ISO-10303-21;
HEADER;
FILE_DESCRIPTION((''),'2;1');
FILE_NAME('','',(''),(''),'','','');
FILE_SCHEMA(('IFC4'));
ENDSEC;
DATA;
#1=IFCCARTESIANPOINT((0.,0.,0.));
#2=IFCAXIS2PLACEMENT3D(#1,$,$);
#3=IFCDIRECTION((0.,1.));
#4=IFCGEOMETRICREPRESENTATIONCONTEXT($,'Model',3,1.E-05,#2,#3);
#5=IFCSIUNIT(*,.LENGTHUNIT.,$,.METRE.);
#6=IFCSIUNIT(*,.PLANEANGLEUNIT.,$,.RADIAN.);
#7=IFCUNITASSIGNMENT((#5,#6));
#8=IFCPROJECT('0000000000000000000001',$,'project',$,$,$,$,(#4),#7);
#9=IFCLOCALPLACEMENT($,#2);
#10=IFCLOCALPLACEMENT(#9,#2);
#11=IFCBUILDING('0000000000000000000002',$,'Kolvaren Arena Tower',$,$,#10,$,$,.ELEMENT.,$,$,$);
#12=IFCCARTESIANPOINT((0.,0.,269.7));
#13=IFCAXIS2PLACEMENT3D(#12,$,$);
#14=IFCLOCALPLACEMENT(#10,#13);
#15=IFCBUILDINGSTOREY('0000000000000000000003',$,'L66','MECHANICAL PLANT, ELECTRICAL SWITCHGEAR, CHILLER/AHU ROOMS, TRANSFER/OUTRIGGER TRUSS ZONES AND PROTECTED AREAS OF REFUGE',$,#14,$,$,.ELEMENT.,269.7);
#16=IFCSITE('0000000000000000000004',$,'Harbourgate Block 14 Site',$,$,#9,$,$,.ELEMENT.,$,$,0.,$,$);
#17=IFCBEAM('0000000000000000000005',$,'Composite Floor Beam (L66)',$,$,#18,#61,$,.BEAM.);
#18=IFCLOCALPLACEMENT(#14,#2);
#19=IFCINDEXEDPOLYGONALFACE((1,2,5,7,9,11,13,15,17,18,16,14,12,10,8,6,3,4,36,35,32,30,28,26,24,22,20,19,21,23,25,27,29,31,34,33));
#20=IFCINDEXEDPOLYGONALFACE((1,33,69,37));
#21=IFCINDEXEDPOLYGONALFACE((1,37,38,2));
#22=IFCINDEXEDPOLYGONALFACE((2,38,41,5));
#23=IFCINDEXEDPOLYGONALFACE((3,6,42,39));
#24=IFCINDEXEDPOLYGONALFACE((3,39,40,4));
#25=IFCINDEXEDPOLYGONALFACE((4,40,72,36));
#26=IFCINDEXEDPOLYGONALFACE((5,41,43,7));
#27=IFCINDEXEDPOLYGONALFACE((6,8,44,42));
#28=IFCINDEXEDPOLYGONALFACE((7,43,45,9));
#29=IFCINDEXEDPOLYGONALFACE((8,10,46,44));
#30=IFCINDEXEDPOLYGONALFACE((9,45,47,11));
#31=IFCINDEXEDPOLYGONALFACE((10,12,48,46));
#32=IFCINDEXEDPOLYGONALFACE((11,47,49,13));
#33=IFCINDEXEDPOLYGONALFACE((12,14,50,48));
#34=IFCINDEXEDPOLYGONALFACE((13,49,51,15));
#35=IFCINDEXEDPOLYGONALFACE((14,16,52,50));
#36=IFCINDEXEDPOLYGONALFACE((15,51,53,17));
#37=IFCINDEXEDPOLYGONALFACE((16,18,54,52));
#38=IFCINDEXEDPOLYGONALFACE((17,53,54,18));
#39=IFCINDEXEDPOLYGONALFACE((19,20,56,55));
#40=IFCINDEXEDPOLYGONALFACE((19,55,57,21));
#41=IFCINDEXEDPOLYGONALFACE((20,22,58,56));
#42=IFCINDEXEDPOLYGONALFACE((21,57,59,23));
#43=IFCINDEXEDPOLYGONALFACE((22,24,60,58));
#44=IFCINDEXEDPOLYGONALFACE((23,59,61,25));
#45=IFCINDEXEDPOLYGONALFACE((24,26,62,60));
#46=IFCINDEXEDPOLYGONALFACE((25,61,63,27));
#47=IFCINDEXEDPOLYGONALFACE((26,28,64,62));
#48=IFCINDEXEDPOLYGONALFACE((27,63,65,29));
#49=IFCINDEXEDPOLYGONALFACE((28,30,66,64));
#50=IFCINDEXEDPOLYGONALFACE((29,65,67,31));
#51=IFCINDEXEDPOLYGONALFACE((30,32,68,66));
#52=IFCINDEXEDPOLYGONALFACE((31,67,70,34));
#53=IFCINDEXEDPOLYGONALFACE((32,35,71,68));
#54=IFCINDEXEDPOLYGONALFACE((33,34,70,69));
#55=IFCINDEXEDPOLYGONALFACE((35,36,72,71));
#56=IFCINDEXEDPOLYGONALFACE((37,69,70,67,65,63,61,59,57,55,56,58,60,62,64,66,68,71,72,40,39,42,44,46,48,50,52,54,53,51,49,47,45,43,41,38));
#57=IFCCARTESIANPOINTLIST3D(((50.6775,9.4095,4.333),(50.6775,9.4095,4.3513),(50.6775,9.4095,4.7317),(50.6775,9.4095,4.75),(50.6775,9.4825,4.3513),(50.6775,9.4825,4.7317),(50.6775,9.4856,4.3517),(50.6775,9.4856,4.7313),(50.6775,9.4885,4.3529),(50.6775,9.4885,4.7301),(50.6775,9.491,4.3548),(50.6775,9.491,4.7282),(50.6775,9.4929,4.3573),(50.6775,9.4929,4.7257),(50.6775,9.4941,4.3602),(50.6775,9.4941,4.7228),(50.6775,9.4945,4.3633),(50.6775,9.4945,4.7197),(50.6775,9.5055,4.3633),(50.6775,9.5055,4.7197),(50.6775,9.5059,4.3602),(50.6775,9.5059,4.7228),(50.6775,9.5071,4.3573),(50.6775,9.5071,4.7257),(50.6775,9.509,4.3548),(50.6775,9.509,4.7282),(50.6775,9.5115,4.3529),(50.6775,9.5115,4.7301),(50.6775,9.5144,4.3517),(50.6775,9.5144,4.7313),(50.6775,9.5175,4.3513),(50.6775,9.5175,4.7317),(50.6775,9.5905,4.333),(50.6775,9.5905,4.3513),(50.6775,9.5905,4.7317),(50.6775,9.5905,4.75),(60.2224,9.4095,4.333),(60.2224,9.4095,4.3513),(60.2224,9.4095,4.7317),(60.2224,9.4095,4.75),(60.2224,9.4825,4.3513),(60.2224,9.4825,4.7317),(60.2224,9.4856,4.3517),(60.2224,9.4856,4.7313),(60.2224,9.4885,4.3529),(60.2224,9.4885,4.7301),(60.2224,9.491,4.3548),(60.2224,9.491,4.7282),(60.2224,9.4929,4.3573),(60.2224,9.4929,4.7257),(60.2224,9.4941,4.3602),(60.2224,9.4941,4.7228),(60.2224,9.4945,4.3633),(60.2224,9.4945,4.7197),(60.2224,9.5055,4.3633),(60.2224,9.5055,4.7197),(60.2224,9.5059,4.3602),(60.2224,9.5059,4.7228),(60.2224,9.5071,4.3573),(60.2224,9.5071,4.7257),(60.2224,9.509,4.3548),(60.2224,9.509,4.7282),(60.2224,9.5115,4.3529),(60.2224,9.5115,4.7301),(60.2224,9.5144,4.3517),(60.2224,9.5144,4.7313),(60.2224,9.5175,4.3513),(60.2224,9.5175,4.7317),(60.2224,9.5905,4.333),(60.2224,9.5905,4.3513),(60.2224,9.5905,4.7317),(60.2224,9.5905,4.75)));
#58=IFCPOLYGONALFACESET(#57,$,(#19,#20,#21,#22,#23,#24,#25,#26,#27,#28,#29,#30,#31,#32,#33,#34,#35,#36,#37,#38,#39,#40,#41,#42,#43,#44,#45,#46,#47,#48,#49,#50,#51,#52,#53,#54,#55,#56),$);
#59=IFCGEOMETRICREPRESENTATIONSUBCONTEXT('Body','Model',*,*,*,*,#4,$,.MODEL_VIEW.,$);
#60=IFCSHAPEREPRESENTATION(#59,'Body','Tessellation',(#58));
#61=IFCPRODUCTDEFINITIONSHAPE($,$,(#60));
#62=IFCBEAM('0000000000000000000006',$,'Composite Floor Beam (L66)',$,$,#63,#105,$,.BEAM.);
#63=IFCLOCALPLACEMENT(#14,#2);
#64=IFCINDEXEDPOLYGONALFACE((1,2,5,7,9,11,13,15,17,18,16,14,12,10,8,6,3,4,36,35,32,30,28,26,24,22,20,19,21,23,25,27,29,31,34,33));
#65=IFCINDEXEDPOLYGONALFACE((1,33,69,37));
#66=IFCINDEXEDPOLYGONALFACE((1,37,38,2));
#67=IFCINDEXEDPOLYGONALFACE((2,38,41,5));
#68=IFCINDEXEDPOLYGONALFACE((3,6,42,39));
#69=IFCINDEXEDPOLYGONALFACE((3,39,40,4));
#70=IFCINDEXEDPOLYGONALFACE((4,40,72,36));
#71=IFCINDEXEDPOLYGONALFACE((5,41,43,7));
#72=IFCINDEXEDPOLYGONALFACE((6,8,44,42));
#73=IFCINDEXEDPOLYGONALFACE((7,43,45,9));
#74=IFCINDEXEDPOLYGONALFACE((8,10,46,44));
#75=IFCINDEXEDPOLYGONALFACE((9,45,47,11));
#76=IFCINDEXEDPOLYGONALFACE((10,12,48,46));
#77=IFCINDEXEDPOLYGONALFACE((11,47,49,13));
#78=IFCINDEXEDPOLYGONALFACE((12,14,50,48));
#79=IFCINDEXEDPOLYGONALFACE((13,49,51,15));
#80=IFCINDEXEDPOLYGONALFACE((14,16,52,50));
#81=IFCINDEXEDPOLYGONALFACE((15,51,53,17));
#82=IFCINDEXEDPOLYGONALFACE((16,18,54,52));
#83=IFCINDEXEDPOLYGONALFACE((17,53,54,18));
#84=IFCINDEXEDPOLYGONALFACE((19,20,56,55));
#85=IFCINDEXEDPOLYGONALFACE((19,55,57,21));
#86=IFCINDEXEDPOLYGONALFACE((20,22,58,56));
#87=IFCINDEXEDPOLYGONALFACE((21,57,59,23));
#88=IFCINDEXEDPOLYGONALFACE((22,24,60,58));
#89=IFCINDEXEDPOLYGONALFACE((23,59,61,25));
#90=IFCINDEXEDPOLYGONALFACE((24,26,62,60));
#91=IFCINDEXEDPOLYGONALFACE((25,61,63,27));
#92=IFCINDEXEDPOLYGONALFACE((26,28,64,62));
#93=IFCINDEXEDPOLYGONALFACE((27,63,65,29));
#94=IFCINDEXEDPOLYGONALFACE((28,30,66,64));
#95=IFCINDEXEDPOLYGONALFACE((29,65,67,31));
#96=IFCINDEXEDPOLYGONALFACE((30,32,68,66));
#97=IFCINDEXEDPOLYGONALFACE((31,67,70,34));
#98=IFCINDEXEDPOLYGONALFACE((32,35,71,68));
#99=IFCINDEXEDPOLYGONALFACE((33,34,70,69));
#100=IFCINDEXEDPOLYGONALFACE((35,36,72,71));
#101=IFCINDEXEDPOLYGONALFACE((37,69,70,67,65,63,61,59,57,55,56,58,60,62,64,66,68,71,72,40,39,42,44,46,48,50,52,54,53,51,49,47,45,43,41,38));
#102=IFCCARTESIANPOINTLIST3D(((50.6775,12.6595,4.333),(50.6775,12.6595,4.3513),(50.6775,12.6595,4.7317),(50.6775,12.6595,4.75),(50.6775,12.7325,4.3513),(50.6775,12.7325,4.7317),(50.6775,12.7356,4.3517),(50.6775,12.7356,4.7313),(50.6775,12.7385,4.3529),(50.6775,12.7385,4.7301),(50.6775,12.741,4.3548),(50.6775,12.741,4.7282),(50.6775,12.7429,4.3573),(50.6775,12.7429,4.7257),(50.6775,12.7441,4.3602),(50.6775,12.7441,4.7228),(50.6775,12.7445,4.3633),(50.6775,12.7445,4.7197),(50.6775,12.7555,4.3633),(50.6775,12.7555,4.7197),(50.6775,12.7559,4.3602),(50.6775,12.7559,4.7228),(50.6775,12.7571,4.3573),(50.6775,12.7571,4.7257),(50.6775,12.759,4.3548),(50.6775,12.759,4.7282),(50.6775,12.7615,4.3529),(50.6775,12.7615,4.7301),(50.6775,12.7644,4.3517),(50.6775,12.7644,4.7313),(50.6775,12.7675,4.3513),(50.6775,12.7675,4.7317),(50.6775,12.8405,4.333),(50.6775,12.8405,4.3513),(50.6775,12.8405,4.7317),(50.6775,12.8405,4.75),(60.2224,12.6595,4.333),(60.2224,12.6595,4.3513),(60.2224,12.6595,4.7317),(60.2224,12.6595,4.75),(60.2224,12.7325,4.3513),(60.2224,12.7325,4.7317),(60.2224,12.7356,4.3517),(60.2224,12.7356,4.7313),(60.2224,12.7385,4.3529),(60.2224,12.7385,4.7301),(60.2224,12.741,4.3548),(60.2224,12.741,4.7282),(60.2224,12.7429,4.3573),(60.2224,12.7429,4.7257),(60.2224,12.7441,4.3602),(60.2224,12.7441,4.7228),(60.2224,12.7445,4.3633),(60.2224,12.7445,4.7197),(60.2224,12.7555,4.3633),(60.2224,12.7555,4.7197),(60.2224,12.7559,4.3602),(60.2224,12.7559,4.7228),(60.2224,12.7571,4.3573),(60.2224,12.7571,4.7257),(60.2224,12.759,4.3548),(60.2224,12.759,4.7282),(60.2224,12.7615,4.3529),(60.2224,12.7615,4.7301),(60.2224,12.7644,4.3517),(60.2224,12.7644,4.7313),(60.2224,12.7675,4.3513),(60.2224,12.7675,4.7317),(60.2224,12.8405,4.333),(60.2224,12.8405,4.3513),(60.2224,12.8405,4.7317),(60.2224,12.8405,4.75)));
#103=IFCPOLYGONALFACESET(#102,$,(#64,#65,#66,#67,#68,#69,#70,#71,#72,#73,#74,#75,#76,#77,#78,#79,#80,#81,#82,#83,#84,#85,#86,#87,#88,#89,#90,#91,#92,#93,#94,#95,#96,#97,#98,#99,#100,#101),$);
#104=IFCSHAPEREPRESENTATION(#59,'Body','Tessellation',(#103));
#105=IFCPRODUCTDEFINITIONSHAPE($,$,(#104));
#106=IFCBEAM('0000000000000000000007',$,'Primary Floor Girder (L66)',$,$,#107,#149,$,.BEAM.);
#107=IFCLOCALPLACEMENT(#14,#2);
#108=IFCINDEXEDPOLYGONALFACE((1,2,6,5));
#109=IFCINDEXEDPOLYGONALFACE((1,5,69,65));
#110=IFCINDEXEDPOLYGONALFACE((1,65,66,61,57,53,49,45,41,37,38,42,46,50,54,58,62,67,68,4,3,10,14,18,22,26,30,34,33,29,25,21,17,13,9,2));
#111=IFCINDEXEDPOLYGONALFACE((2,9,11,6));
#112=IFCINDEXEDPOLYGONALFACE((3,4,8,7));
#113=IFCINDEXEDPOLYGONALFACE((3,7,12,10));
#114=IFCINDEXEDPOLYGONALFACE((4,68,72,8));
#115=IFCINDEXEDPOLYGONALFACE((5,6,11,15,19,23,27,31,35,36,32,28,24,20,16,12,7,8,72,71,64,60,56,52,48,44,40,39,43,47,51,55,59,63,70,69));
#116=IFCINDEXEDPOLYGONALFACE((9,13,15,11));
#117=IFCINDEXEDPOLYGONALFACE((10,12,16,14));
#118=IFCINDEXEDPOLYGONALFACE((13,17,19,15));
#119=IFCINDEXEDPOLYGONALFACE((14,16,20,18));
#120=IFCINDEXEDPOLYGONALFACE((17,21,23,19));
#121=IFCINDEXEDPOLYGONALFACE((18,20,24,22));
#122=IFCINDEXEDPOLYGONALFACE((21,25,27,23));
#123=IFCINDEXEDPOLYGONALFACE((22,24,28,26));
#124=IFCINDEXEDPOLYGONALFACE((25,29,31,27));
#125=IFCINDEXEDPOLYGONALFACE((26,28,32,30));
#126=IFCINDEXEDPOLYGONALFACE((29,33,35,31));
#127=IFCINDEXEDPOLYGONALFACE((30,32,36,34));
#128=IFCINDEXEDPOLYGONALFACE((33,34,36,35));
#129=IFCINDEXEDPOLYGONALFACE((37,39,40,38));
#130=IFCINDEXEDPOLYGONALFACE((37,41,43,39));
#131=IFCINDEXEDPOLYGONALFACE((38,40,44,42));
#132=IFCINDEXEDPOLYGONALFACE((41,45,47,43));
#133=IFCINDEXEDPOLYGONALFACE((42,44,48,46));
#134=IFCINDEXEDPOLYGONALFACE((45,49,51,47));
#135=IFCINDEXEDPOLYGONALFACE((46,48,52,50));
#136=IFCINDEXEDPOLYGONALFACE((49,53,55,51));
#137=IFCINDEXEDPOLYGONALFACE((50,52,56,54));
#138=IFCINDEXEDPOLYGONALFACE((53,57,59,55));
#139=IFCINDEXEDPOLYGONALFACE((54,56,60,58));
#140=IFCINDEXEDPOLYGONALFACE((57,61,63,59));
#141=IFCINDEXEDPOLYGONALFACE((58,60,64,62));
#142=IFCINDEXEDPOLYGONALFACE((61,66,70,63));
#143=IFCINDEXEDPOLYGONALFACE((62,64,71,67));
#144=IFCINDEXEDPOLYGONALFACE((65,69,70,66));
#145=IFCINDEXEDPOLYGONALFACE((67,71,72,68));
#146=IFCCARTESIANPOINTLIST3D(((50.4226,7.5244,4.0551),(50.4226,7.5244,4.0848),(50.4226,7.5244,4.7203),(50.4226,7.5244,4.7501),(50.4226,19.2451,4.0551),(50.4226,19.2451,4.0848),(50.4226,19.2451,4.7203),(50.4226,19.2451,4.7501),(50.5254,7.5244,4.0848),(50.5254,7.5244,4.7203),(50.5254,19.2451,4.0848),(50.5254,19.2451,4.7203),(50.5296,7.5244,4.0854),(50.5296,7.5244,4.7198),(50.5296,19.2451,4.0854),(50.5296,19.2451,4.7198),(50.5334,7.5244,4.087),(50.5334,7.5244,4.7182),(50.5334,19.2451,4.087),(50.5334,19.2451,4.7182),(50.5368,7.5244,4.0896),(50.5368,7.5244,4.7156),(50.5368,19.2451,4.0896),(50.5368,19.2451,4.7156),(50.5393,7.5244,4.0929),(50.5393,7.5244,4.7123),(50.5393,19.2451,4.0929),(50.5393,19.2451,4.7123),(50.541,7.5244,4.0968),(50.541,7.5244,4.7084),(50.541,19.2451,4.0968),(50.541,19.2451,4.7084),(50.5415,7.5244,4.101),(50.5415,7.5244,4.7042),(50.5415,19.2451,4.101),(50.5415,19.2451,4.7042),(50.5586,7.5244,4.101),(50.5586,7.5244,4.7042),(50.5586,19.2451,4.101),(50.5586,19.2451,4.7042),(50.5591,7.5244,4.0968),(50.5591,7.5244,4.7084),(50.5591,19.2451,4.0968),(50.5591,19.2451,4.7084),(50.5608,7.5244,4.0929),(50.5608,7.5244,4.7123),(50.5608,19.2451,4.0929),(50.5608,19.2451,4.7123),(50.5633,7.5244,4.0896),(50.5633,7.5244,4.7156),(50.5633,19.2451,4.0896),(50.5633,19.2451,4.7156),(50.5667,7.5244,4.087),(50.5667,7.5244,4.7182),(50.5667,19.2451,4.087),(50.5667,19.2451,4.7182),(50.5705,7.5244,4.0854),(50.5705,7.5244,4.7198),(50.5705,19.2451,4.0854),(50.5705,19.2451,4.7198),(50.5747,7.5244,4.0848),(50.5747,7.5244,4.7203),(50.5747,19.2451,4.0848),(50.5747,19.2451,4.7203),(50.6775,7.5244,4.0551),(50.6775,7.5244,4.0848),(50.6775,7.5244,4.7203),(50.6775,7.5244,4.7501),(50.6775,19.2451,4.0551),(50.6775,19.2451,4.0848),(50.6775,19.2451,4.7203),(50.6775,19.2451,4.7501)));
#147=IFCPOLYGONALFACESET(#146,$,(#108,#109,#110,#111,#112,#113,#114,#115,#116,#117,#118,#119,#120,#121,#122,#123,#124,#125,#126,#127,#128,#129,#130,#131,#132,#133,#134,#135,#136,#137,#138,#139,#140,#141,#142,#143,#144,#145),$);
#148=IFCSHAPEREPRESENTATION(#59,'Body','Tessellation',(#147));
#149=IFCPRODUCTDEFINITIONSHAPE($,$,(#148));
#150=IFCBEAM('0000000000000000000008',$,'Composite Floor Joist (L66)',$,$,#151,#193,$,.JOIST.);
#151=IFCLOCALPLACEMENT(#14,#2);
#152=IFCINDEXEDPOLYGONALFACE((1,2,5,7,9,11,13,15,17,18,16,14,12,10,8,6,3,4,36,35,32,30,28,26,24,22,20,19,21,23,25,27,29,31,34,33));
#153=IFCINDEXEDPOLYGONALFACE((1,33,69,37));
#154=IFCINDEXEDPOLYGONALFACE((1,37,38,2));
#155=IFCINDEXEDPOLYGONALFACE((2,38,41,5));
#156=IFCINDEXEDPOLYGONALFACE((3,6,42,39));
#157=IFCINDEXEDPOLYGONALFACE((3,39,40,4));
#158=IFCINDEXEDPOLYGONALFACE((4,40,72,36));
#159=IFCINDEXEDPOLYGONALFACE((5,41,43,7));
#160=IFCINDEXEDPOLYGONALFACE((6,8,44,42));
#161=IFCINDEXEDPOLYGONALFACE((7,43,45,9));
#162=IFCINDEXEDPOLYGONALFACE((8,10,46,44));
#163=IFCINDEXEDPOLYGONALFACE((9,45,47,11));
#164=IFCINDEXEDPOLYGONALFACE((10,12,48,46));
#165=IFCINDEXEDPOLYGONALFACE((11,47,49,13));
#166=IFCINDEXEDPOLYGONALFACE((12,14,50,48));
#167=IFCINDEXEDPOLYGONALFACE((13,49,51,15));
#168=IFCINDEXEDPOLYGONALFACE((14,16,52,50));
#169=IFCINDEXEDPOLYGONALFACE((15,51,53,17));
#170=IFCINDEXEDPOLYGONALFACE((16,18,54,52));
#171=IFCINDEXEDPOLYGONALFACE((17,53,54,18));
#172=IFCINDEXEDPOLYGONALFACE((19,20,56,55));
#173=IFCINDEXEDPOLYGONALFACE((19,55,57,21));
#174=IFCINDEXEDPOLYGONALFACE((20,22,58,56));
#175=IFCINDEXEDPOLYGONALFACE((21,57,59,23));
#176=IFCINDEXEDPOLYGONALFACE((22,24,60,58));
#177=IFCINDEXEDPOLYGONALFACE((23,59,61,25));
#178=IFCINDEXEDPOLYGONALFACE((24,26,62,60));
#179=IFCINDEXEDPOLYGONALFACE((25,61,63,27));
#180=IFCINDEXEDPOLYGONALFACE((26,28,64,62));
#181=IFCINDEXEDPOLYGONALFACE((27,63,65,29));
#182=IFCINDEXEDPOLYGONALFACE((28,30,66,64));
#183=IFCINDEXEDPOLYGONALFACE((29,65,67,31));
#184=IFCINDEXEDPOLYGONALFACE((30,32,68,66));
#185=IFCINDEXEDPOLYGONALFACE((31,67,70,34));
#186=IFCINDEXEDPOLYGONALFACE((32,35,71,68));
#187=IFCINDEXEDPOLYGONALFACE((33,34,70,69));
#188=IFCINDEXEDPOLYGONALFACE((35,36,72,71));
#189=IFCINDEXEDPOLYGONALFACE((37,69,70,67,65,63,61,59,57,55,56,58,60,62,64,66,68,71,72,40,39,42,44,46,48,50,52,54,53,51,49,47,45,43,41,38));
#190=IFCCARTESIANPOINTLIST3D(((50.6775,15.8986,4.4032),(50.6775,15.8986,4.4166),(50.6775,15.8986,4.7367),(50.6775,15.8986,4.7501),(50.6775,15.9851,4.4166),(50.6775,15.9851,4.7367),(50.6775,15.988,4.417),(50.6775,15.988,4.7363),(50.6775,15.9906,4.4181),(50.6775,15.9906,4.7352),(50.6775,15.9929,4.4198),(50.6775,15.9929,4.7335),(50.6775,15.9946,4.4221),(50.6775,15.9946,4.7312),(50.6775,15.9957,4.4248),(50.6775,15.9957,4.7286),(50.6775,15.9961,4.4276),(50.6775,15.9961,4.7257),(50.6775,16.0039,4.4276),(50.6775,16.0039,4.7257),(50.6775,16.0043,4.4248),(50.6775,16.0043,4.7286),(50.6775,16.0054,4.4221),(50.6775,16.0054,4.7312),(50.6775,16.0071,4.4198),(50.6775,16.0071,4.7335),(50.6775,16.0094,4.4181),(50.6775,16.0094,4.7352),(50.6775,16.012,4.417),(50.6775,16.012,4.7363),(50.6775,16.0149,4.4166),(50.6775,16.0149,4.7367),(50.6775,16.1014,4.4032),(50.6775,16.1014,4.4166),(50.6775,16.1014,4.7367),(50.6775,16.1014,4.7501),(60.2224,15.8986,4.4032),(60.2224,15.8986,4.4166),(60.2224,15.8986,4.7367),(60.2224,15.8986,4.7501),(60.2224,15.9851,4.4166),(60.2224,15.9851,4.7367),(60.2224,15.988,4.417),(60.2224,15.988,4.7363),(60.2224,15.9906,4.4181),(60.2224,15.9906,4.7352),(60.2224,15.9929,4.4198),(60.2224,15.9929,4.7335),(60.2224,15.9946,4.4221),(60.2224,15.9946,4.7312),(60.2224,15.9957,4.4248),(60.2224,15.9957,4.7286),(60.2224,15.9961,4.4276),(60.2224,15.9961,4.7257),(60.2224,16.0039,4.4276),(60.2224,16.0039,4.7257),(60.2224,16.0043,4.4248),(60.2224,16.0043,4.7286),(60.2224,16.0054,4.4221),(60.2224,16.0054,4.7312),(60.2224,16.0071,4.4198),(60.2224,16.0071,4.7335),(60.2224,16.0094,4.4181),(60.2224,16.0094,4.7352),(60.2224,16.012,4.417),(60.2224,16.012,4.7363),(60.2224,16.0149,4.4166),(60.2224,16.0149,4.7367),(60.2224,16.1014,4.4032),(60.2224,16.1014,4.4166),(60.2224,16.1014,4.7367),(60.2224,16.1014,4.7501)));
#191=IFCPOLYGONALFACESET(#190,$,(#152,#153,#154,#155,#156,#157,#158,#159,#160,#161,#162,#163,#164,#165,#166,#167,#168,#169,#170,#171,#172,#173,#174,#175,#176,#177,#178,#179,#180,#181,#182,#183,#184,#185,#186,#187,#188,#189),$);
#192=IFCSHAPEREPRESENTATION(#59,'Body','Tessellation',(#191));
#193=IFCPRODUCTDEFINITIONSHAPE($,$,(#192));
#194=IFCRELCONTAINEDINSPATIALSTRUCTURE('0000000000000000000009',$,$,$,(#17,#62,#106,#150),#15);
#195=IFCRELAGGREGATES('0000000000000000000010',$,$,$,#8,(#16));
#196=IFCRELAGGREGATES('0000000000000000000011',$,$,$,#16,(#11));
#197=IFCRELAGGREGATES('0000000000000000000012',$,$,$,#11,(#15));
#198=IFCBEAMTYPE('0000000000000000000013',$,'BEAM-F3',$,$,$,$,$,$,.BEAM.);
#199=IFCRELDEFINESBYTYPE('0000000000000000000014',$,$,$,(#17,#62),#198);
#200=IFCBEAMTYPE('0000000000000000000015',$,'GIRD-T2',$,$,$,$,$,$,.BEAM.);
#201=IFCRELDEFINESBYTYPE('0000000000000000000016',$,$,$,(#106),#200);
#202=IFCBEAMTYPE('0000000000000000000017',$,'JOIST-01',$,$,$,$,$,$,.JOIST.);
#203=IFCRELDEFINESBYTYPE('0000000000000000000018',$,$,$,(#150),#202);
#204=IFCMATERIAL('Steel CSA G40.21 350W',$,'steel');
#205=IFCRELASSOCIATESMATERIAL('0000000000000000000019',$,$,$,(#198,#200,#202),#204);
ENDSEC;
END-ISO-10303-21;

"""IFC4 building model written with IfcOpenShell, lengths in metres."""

from ifc_helpers import new_model, si_unit, direction, frame, origin, origin_2d, place, context, subcontext, project, spatial, i_section, extrude, material, material_profile, profile_set, type_object, element, save


model = new_model("IFC4")

# Units and contexts
model_context = context("Model", 3, precision=1e-05, world=origin(), true_north=direction((0.0, 1.0)))
body_context = subcontext(model_context, "Body", "Model", "MODEL_VIEW")
ifc_project = project(units=[si_unit("LENGTHUNIT", "METRE"), si_unit("PLANEANGLEUNIT", "RADIAN")], contexts=[model_context])

# Site, building, storey
site_placement = place(None, origin())
site = spatial("IfcSite", under=ifc_project, at=site_placement, Name="Harbourgate Block 14 Site", CompositionType="ELEMENT", RefElevation=0.0)
building_placement = place(site_placement, origin())
building = spatial("IfcBuilding", under=site, at=building_placement, Name="Kolvaren Arena Tower", CompositionType="ELEMENT")
storey_placement = place(building_placement, frame((0.0, 0.0, 269.7)))
storey = spatial("IfcBuildingStorey", under=building, at=storey_placement, Name="L66", Description="MECHANICAL PLANT, ELECTRICAL SWITCHGEAR, CHILLER/AHU ROOMS, TRANSFER/OUTRIGGER TRUSS ZONES AND PROTECTED AREAS OF REFUGE", CompositionType="ELEMENT", Elevation=269.7)

# Beams
ifc_material_1 = material(Name="Steel CSA G40.21 350W", Category="steel")
ifc_material_profile_1 = material_profile(ifc_material_1, i_section(OverallWidth=0.1809, OverallDepth=0.417, WebThickness=0.011, FlangeThickness=0.0183, FilletRadius=0.012, at=origin_2d()), Name="W410x85")
ifc_profile_set_1 = profile_set([ifc_material_profile_1], Name="Steel CSA G40.21 350W")
beam_type_1 = type_object("IfcBeamType", Name="BEAM-F3", PredefinedType="BEAM", material=ifc_profile_set_1)
for number, where, z_axis, x_axis, name in (
    (1, (50.6775, 9.5, 4.5415), (1.0, 0.0, 0.0), (0.0, 1.0, 0.0), "Composite Floor Beam (L66)"),
    (2, (50.6775, 12.75, 4.5415), (1.0, 0.0, 0.0), (0.0, 1.0, 0.0), "Composite Floor Beam (L66)"),
):
    element("IfcBeam", number, at=place(storey_placement, frame(where, z_axis=z_axis, x_axis=x_axis)), inside=storey, type_object=beam_type_1, Name=name, PredefinedType="BEAM", context=body_context, shape_type="SweptSolid", body=[
        extrude(i_section(OverallWidth=0.1809, OverallDepth=0.417, WebThickness=0.011, FlangeThickness=0.0183, FilletRadius=0.012, at=origin_2d()), origin(), (0.0, 0.0, 1.0), 9.5449),
    ])
ifc_material_profile_2 = material_profile(ifc_material_1, i_section(OverallWidth=0.2549, OverallDepth=0.6951, WebThickness=0.0171, FlangeThickness=0.0298, FilletRadius=0.0161, at=origin_2d()), Name="W690x217")
ifc_profile_set_2 = profile_set([ifc_material_profile_2], Name="Steel CSA G40.21 350W")
beam_type_2 = type_object("IfcBeamType", Name="GIRD-T2", PredefinedType="BEAM", material=ifc_profile_set_2)
beam_1_placement = place(storey_placement, frame((50.55, 7.5244, 4.4026), z_axis=(0.0, 1.0, 0.0), x_axis=(-1.0, 0.0, 0.0)))
element("IfcBeam", 3, at=beam_1_placement, inside=storey, type_object=beam_type_2, Name="Primary Floor Girder (L66)", PredefinedType="BEAM", context=body_context, shape_type="SweptSolid", body=[
    extrude(i_section(OverallWidth=0.2549, OverallDepth=0.6951, WebThickness=0.0171, FlangeThickness=0.0298, FilletRadius=0.0161, at=origin_2d()), origin(), (0.0, 0.0, 1.0), 11.7207),
])
ifc_material_profile_3 = material_profile(ifc_material_1, i_section(OverallWidth=0.2029, OverallDepth=0.3469, WebThickness=0.0078, FlangeThickness=0.0134, FilletRadius=0.011, at=origin_2d()), Name="W360x64")
ifc_profile_set_3 = profile_set([ifc_material_profile_3], Name="Steel CSA G40.21 350W")
beam_type_3 = type_object("IfcBeamType", Name="JOIST-01", PredefinedType="JOIST", material=ifc_profile_set_3)
beam_2_placement = place(storey_placement, frame((50.6775, 16.0, 4.5767), z_axis=(1.0, 0.0, 0.0), x_axis=(0.0, 1.0, 0.0)))
element("IfcBeam", 4, at=beam_2_placement, inside=storey, type_object=beam_type_3, Name="Composite Floor Joist (L66)", PredefinedType="JOIST", context=body_context, shape_type="SweptSolid", body=[
    extrude(i_section(OverallWidth=0.2029, OverallDepth=0.3469, WebThickness=0.0078, FlangeThickness=0.0134, FilletRadius=0.011, at=origin_2d()), origin(), (0.0, 0.0, 1.0), 9.5449),
])

save(model, "model.ifc")
